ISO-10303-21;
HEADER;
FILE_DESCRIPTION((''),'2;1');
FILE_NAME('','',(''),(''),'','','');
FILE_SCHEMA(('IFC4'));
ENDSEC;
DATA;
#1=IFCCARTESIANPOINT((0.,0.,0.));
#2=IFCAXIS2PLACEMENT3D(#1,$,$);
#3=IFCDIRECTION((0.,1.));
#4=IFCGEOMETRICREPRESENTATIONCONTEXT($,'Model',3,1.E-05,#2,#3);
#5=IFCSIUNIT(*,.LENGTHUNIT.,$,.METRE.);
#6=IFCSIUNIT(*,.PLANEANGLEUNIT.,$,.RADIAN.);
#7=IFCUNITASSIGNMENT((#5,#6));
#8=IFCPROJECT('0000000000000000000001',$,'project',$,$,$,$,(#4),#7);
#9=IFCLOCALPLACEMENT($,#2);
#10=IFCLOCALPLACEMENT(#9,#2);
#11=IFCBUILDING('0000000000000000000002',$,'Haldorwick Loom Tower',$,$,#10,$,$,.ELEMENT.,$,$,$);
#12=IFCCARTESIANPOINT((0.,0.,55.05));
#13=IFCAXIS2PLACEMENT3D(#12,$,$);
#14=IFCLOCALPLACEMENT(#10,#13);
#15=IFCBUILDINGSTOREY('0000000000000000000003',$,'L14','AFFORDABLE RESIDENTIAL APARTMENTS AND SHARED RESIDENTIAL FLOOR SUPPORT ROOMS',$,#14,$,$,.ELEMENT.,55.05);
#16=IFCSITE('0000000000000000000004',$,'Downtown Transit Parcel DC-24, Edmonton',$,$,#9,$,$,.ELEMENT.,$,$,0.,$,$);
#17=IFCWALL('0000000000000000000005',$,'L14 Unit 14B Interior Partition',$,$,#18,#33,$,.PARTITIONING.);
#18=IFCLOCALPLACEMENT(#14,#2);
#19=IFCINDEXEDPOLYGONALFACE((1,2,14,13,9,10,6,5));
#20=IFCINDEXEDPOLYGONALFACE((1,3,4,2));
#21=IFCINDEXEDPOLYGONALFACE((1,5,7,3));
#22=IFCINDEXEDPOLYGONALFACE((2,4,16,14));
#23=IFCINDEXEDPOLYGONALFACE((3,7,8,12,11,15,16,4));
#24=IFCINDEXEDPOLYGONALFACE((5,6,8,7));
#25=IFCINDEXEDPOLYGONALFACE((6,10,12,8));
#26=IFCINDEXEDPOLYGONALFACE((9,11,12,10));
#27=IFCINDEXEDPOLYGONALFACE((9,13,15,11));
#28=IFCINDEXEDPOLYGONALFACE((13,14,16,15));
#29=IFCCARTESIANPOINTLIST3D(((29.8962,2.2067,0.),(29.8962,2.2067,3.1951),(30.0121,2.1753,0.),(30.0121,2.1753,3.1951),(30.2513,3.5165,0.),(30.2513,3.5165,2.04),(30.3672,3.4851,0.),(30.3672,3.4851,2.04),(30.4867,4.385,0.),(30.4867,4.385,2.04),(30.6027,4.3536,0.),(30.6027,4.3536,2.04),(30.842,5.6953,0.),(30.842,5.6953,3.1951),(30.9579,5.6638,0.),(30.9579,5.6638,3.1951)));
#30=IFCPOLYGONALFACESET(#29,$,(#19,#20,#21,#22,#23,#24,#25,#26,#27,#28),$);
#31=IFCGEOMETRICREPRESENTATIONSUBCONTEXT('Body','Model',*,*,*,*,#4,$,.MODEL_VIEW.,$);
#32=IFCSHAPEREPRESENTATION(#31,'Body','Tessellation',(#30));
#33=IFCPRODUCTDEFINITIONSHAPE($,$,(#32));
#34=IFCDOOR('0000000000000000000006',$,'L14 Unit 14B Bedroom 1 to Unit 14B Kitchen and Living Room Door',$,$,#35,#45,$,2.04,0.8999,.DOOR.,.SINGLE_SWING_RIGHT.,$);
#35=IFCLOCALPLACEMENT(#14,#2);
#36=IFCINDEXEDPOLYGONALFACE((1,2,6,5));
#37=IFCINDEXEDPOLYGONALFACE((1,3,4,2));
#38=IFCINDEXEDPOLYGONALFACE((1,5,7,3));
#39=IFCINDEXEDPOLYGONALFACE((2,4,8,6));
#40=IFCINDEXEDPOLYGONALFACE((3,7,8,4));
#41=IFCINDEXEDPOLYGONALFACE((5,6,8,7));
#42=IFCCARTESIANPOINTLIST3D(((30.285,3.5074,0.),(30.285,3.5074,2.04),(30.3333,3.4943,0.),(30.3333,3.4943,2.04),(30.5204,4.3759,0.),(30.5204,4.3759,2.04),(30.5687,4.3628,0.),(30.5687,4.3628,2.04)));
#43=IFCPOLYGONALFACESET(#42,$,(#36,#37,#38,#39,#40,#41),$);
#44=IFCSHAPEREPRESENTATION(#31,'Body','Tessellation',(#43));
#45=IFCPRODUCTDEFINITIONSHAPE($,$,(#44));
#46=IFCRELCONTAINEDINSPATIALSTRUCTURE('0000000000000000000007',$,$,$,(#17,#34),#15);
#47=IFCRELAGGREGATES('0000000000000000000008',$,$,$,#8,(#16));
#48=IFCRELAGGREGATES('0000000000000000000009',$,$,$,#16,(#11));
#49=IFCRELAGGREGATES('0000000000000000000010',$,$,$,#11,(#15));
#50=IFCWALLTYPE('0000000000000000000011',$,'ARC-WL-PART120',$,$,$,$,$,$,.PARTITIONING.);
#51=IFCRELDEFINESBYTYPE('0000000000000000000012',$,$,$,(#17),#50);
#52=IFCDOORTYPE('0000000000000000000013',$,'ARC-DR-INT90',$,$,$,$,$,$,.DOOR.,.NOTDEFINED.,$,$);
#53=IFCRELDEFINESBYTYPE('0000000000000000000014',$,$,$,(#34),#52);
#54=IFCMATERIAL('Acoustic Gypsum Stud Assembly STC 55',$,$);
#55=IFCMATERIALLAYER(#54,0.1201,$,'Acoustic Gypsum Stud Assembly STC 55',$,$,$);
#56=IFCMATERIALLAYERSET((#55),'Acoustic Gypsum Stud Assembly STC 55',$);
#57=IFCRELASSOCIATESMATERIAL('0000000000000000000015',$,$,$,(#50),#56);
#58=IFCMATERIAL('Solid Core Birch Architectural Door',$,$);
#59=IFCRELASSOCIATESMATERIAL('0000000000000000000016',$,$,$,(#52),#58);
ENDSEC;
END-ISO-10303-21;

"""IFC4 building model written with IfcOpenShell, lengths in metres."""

from ifc_helpers import new_model, si_unit, direction, frame, frame_2d, origin, place, context, subcontext, project, spatial, rectangle, extrude, material, layer, layer_set, type_object, element, fill, save


model = new_model("IFC4")

# Units and contexts
model_context = context("Model", 3, precision=1e-05, world=origin(), true_north=direction((0.0, 1.0)))
body_context = subcontext(model_context, "Body", "Model", "MODEL_VIEW")
ifc_project = project(units=[si_unit("LENGTHUNIT", "METRE"), si_unit("PLANEANGLEUNIT", "RADIAN")], contexts=[model_context])

# Site, building, storey
site_placement = place(None, origin())
site = spatial("IfcSite", under=ifc_project, at=site_placement, Name="Downtown Transit Parcel DC-24, Edmonton", CompositionType="ELEMENT", RefElevation=0.0)
building_placement = place(site_placement, origin())
building = spatial("IfcBuilding", under=site, at=building_placement, Name="Haldorwick Loom Tower", CompositionType="ELEMENT")
storey_placement = place(building_placement, frame((0.0, 0.0, 55.05)))
storey = spatial("IfcBuildingStorey", under=building, at=storey_placement, Name="L14", Description="AFFORDABLE RESIDENTIAL APARTMENTS AND SHARED RESIDENTIAL FLOOR SUPPORT ROOMS", CompositionType="ELEMENT", Elevation=55.05)

# Shared definitions
ifc_material_1 = material(Name="Solid Core Birch Architectural Door")

# Wall, opening, door
ifc_material_2 = material(Name="Acoustic Gypsum Stud Assembly STC 55")
ifc_layer_1 = layer(ifc_material_2, 0.1201, Name="Acoustic Gypsum Stud Assembly STC 55")
ifc_layer_set_1 = layer_set([ifc_layer_1], Name="Acoustic Gypsum Stud Assembly STC 55")
wall_type_1 = type_object("IfcWallType", Name="ARC-WL-PART120", PredefinedType="PARTITIONING", material=ifc_layer_set_1)
wall_1_placement = place(storey_placement, frame((30.8999, 5.6794, 0.0), z_axis=(0.0, 0.0, 1.0), x_axis=(-0.261671, -0.965157, 0.0)))
wall_1 = element("IfcWall", 1, at=wall_1_placement, inside=storey, type_object=wall_type_1, Name="L14 Unit 14B Interior Partition", PredefinedType="PARTITIONING", context=body_context, shape_type="SweptSolid", body=[
    extrude(rectangle(XDim=3.6145, YDim=0.1201, at=frame_2d((1.8071, 0.0))), origin(), (0.0, 0.0, 1.0), 3.1951),
])
opening_1_placement = place(wall_1_placement, frame((1.3574, 0.0, 0.0)))
opening_1 = element("IfcOpeningElement", 2, at=opening_1_placement, cuts=wall_1, PredefinedType="OPENING", context=body_context, shape_type="SweptSolid", body=[
    extrude(rectangle(XDim=0.8999, YDim=2.04, at=frame_2d((0.45, 1.02))), frame((0.0, 0.0701, 0.0), z_axis=(0.0, -1.0, 0.0), x_axis=(1.0, 0.0, 0.0)), (0.0, 0.0, 1.0), 0.1401),
])
door_type_1 = type_object("IfcDoorType", Name="ARC-DR-INT90", OperationType="NOTDEFINED", PredefinedType="DOOR", material=ifc_material_1)
door_1_placement = place(opening_1_placement, origin())
door_1 = element("IfcDoor", 3, at=door_1_placement, inside=storey, type_object=door_type_1, Name="L14 Unit 14B Bedroom 1 to Unit 14B Kitchen and Living Room Door", OperationType="SINGLE_SWING_RIGHT", OverallHeight=2.04, OverallWidth=0.8999, PredefinedType="DOOR", context=body_context, shape_type="SweptSolid", body=[
    extrude(rectangle(XDim=0.8999, YDim=2.04, at=frame_2d((0.45, 1.02))), frame((0.0, 0.0249, 0.0), z_axis=(0.0, -1.0, 0.0), x_axis=(1.0, 0.0, 0.0)), (0.0, 0.0, 1.0), 0.05),
])
fill(opening_1, door_1)

save(model, "model.ifc")
